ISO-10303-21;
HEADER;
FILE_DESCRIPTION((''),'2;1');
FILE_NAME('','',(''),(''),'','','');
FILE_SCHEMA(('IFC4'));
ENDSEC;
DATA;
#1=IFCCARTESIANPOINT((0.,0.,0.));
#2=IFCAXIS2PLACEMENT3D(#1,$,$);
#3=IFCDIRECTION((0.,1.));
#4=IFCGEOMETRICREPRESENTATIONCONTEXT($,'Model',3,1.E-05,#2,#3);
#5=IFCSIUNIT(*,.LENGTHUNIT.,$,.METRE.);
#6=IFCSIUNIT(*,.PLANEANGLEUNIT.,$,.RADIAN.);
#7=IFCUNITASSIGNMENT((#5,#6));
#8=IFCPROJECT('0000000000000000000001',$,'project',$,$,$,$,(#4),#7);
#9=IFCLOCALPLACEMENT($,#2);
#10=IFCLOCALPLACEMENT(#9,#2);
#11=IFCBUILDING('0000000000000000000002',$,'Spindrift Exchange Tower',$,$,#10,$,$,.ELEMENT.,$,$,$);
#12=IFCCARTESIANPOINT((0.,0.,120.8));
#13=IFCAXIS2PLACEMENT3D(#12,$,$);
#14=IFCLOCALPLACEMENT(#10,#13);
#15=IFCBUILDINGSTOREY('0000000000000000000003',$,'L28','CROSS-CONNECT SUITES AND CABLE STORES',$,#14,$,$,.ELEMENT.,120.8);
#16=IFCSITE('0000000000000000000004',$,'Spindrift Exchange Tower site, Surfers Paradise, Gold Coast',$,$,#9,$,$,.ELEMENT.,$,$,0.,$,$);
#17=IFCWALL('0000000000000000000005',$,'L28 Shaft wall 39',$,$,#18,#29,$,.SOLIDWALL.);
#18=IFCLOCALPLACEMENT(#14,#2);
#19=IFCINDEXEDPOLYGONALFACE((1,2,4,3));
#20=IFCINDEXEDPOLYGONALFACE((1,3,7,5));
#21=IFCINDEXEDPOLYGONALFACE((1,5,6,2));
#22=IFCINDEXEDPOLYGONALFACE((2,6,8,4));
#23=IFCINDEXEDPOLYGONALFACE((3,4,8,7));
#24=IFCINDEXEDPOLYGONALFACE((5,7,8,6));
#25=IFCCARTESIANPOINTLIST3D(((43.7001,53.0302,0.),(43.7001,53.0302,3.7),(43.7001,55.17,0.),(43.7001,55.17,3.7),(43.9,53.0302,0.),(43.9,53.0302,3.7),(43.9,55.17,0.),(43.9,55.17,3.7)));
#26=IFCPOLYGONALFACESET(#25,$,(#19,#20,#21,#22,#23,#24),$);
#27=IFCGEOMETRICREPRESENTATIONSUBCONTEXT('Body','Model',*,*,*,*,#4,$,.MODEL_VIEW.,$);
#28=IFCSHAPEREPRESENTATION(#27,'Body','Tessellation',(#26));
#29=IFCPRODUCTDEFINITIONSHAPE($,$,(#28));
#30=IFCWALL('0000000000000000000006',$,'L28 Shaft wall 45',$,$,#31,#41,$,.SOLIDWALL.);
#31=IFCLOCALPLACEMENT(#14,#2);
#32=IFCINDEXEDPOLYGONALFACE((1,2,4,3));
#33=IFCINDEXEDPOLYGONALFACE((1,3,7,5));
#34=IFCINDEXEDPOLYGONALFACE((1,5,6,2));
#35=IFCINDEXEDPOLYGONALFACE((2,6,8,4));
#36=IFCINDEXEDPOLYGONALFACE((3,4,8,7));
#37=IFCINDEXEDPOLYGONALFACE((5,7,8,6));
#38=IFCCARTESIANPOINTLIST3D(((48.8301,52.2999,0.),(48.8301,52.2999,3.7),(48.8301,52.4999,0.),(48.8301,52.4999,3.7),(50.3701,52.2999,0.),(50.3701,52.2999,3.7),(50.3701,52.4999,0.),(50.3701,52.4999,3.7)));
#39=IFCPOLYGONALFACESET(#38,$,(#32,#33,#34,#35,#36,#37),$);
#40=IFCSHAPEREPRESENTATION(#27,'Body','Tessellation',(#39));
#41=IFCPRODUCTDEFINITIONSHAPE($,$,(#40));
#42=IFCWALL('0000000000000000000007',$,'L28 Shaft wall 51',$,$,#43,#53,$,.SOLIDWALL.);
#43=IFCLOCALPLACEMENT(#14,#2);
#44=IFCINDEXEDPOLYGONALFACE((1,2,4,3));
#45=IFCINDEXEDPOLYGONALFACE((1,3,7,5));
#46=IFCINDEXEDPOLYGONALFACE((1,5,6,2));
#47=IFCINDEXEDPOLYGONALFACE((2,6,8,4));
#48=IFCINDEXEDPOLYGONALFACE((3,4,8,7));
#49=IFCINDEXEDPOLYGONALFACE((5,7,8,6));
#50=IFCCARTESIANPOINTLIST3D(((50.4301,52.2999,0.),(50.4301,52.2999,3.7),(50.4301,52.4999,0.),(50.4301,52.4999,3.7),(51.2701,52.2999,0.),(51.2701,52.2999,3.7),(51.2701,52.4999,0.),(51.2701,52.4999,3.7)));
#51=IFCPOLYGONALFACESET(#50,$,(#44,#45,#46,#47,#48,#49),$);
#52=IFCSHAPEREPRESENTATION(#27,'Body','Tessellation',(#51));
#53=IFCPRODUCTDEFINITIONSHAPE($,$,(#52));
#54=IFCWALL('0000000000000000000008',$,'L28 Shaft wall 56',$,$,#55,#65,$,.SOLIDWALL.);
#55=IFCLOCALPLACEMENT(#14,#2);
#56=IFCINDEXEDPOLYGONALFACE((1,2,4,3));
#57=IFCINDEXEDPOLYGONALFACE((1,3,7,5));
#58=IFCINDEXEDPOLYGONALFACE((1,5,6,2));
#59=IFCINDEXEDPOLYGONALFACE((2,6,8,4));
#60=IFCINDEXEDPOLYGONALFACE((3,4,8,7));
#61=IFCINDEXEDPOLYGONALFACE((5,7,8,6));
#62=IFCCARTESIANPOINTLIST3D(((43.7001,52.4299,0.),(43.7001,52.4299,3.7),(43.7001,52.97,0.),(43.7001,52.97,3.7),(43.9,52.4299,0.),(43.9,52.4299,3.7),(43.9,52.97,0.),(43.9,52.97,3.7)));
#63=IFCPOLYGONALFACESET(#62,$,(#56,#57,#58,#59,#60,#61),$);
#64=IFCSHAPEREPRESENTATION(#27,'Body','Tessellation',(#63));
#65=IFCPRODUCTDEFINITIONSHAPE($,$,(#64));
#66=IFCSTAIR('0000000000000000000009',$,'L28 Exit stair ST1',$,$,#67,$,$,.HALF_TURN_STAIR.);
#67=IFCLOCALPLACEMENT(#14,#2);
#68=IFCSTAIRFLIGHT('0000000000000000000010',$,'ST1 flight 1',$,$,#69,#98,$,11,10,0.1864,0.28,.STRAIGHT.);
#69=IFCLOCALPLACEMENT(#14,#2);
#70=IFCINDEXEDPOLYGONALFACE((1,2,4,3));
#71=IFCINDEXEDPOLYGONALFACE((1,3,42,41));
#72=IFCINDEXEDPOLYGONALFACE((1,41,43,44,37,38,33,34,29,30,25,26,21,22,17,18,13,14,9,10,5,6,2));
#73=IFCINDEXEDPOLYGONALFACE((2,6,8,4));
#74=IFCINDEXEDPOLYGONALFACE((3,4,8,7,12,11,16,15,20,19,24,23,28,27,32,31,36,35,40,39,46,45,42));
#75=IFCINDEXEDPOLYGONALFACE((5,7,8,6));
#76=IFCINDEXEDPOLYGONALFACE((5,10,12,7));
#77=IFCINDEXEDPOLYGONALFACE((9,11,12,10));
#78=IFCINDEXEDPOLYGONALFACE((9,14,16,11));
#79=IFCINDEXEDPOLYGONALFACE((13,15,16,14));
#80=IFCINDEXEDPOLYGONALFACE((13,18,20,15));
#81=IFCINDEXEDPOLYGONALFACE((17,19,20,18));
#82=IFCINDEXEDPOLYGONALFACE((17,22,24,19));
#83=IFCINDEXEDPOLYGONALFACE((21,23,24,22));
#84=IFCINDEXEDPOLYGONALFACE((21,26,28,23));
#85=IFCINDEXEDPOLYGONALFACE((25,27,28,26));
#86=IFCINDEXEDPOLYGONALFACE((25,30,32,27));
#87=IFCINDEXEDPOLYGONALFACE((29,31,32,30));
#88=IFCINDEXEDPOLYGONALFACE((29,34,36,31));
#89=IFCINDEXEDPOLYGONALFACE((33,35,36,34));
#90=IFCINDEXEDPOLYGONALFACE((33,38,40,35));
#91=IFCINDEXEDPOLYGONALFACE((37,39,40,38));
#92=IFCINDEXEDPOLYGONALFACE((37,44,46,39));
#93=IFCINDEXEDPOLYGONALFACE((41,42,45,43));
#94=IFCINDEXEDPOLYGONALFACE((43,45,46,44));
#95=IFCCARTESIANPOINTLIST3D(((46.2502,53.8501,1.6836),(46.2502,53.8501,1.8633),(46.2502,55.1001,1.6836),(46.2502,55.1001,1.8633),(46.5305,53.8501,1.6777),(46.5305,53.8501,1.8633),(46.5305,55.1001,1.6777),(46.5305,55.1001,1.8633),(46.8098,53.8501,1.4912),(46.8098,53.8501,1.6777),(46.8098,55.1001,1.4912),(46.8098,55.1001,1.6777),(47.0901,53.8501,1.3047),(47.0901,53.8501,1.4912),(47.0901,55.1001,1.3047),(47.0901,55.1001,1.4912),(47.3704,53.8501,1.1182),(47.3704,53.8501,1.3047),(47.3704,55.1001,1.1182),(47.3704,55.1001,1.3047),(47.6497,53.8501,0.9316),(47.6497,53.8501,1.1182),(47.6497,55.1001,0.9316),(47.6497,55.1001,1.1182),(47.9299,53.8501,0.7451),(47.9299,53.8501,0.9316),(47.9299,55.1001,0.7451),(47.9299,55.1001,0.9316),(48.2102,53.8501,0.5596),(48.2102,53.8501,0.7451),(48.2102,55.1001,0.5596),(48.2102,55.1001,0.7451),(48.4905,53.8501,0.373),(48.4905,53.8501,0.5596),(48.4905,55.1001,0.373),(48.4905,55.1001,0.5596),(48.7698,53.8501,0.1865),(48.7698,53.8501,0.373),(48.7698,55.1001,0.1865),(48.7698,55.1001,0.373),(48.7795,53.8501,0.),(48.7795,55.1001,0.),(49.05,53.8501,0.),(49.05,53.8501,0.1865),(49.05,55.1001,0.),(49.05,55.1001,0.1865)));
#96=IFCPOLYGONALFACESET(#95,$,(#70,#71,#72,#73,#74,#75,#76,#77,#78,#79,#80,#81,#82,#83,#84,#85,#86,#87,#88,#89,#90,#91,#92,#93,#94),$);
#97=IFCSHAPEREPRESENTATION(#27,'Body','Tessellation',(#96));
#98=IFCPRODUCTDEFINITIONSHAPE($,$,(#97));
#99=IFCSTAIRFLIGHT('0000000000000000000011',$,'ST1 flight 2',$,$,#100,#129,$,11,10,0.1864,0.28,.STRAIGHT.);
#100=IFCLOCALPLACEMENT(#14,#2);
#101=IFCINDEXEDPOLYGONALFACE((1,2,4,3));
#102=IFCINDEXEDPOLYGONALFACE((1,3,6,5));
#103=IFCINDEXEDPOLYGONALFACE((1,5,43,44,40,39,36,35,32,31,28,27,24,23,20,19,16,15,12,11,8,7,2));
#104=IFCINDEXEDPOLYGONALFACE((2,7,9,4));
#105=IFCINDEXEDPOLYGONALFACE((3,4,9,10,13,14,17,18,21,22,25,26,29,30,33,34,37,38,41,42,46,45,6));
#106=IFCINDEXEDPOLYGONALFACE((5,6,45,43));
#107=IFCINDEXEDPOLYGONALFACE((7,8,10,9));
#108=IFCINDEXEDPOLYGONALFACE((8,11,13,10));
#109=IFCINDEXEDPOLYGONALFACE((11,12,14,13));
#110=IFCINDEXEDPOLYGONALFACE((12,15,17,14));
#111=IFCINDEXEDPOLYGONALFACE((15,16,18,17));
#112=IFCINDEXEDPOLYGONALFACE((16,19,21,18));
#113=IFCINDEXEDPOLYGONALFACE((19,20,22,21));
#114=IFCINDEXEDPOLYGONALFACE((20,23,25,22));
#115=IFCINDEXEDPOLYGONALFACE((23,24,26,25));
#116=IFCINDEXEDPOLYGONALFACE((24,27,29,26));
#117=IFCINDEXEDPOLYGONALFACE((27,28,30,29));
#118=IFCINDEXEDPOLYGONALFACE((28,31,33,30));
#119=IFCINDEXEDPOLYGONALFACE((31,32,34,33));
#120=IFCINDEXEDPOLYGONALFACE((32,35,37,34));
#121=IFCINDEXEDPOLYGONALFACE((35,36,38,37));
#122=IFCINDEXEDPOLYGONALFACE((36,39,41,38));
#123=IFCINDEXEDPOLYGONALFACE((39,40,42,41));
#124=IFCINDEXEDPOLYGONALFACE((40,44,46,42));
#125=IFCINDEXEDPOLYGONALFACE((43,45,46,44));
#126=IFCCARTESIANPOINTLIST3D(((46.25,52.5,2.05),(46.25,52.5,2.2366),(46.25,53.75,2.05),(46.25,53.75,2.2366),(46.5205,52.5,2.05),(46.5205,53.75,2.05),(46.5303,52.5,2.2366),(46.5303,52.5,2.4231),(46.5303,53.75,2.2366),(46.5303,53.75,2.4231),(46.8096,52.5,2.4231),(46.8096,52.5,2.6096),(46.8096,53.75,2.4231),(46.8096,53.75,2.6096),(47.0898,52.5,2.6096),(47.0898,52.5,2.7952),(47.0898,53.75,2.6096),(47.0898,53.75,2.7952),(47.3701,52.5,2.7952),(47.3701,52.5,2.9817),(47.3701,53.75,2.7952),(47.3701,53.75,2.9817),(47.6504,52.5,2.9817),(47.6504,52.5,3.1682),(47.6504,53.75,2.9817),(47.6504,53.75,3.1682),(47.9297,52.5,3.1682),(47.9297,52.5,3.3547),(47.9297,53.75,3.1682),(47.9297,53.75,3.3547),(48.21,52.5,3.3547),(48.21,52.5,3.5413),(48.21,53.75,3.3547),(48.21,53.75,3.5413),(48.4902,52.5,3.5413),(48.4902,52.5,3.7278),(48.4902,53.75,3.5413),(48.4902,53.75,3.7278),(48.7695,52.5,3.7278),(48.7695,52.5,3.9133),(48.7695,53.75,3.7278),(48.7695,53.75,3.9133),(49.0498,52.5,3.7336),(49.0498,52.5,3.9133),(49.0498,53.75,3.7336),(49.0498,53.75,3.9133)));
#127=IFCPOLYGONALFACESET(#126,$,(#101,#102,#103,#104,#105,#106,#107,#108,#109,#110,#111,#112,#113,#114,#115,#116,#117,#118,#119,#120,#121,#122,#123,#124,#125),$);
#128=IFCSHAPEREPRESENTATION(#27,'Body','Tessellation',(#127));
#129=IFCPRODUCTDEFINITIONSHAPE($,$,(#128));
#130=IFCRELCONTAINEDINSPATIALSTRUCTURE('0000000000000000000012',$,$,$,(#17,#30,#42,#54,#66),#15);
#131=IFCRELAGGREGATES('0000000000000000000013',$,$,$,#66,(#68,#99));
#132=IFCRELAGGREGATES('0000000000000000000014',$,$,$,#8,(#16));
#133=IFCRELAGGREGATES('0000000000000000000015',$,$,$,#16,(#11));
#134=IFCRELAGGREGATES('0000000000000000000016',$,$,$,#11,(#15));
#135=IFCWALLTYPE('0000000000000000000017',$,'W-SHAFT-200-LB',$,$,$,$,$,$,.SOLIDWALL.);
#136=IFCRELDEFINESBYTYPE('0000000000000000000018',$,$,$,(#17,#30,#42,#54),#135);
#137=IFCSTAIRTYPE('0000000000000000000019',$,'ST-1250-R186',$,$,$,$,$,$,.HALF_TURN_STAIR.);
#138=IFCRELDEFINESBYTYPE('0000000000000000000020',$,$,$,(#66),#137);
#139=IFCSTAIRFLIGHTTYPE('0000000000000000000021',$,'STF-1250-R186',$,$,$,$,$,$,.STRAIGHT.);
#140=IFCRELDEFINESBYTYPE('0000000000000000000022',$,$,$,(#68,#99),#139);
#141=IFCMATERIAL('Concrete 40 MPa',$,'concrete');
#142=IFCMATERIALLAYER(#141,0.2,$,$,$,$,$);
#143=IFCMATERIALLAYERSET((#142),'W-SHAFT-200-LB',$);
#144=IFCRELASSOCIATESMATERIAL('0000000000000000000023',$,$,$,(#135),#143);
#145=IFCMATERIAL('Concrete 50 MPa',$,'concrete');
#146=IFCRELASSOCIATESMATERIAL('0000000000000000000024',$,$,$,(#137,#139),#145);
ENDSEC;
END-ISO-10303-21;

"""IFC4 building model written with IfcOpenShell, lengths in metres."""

from ifc_helpers import new_model, si_unit, direction, frame, frame_2d, origin, place, context, subcontext, project, spatial, line, indexed_curve, rectangle, outline, extrude, material, layer, layer_set, type_object, element, aggregate, save


model = new_model("IFC4")

# Units and contexts
model_context = context("Model", 3, precision=1e-05, world=origin(), true_north=direction((0.0, 1.0)))
body_context = subcontext(model_context, "Body", "Model", "MODEL_VIEW")
ifc_project = project(units=[si_unit("LENGTHUNIT", "METRE"), si_unit("PLANEANGLEUNIT", "RADIAN")], contexts=[model_context])

# Site, building, storey
site_placement = place(None, origin())
site = spatial("IfcSite", under=ifc_project, at=site_placement, Name="Spindrift Exchange Tower site, Surfers Paradise, Gold Coast", CompositionType="ELEMENT", RefElevation=0.0)
building_placement = place(site_placement, origin())
building = spatial("IfcBuilding", under=site, at=building_placement, Name="Spindrift Exchange Tower", CompositionType="ELEMENT")
storey_placement = place(building_placement, frame((0.0, 0.0, 120.8)))
storey = spatial("IfcBuildingStorey", under=building, at=storey_placement, Name="L28", Description="CROSS-CONNECT SUITES AND CABLE STORES", CompositionType="ELEMENT", Elevation=120.8)

# Shared definitions
ifc_material_1 = material(Name="Concrete 40 MPa", Category="concrete")

# Shared definitions
ifc_layer_1 = layer(ifc_material_1, 0.2)
ifc_layer_set_1 = layer_set([ifc_layer_1], Name="W-SHAFT-200-LB")
wall_type_1 = type_object("IfcWallType", Name="W-SHAFT-200-LB", PredefinedType="SOLIDWALL", material=ifc_layer_set_1)

# Walls
wall_1_placement = place(storey_placement, frame((43.8, 55.1699, 0.0), z_axis=(0.0, 0.0, 1.0), x_axis=(0.0, -1.0, 0.0)))
element("IfcWall", 1, at=wall_1_placement, inside=storey, type_object=wall_type_1, Name="L28 Shaft wall 39", PredefinedType="SOLIDWALL", context=body_context, shape_type="SweptSolid", body=[
    extrude(rectangle(XDim=2.1399, YDim=0.2, at=frame_2d((1.0698, 0.0))), origin(), (0.0, 0.0, 1.0), 3.7),
])
wall_2_placement = place(storey_placement, frame((50.3701, 52.3999, 0.0), z_axis=(0.0, 0.0, 1.0), x_axis=(-1.0, 0.0, 0.0)))
element("IfcWall", 2, at=wall_2_placement, inside=storey, type_object=wall_type_1, Name="L28 Shaft wall 45", PredefinedType="SOLIDWALL", context=body_context, shape_type="SweptSolid", body=[
    extrude(rectangle(XDim=1.54, YDim=0.2, at=frame_2d((0.77, 0.0))), origin(), (0.0, 0.0, 1.0), 3.7),
])
wall_3_placement = place(storey_placement, frame((51.27, 52.3999, 0.0), z_axis=(0.0, 0.0, 1.0), x_axis=(-1.0, 0.0, 0.0)))
element("IfcWall", 3, at=wall_3_placement, inside=storey, type_object=wall_type_1, Name="L28 Shaft wall 51", PredefinedType="SOLIDWALL", context=body_context, shape_type="SweptSolid", body=[
    extrude(rectangle(XDim=0.8401, YDim=0.2, at=frame_2d((0.4199, 0.0))), origin(), (0.0, 0.0, 1.0), 3.7),
])
wall_4_placement = place(storey_placement, frame((43.8, 52.4299, 0.0), z_axis=(0.0, 0.0, 1.0), x_axis=(0.0, 1.0, 0.0)))
element("IfcWall", 4, at=wall_4_placement, inside=storey, type_object=wall_type_1, Name="L28 Shaft wall 56", PredefinedType="SOLIDWALL", context=body_context, shape_type="SweptSolid", body=[
    extrude(rectangle(XDim=0.54, YDim=0.2, at=frame_2d((0.27, 0.0))), origin(), (0.0, 0.0, 1.0), 3.7),
])

# Stair, stair flights
ifc_material_2 = material(Name="Concrete 50 MPa", Category="concrete")
stair_type = type_object("IfcStairType", Name="ST-1250-R186", PredefinedType="HALF_TURN_STAIR", material=ifc_material_2)
stair_placement = place(storey_placement, origin())
stair = element("IfcStair", 5, at=stair_placement, inside=storey, type_object=stair_type, Name="L28 Exit stair ST1", PredefinedType="HALF_TURN_STAIR")
stair_flight_type = type_object("IfcStairFlightType", Name="STF-1250-R186", PredefinedType="STRAIGHT", material=ifc_material_2)
stair_flight_1_placement = place(storey_placement, frame((49.05, 54.4751, 0.0), z_axis=(0.0, 0.0, 1.0), x_axis=(-1.0, 0.0, 0.0)))
stair_flight_1 = element("IfcStairFlight", 6, at=stair_flight_1_placement, type_object=stair_flight_type, Name="ST1 flight 1", NumberOfRisers=11, NumberOfTreads=10, PredefinedType="STRAIGHT", RiserHeight=0.1864, TreadLength=0.28, context=body_context, shape_type="SweptSolid", body=[
    extrude(outline(indexed_curve([(0.0, 0.0), (0.0, 0.1865), (0.2803, 0.1865), (0.2803, 0.373), (0.5596, 0.373), (0.5596, 0.5596), (0.8398, 0.5596), (0.8398, 0.7451), (1.1201, 0.7451), (1.1201, 0.9316), (1.4004, 0.9316), (1.4004, 1.1182), (1.6797, 1.1182), (1.6797, 1.3047), (1.96, 1.3047), (1.96, 1.4912), (2.2402, 1.4912), (2.2402, 1.6777), (2.5195, 1.6777), (2.5195, 1.8633), (2.7998, 1.8633), (2.7998, 2.0498), (2.7998, 1.6836), (0.2705, 0.0)], segments=[line(1, 2, 3, 4, 5, 6, 7, 8, 9, 10, 11, 12, 13, 14, 15, 16, 17, 18, 19, 20, 21, 22, 23, 24, 1)], self_intersect=False)), frame((0.0, 0.625, 0.0), z_axis=(0.0, -1.0, 0.0), x_axis=(1.0, 0.0, 0.0)), (0.0, 0.0, 1.0), 1.25),
])
stair_flight_2_placement = place(storey_placement, frame((46.25, 53.125, 2.05), z_axis=(0.0, 0.0, 1.0), x_axis=(1.0, 0.0, 0.0)))
stair_flight_2 = element("IfcStairFlight", 7, at=stair_flight_2_placement, type_object=stair_flight_type, Name="ST1 flight 2", NumberOfRisers=11, NumberOfTreads=10, PredefinedType="STRAIGHT", RiserHeight=0.1864, TreadLength=0.28, context=body_context, shape_type="SweptSolid", body=[
    extrude(outline(indexed_curve([(0.0, 0.0), (0.0, 0.1865), (0.2803, 0.1865), (0.2803, 0.373), (0.5596, 0.373), (0.5596, 0.5596), (0.8398, 0.5596), (0.8398, 0.7451), (1.1201, 0.7451), (1.1201, 0.9316), (1.4004, 0.9316), (1.4004, 1.1182), (1.6797, 1.1182), (1.6797, 1.3047), (1.96, 1.3047), (1.96, 1.4912), (2.2402, 1.4912), (2.2402, 1.6777), (2.5195, 1.6777), (2.5195, 1.8633), (2.7998, 1.8633), (2.7998, 2.0498), (2.7998, 1.6836), (0.2705, 0.0)], segments=[line(1, 2, 3, 4, 5, 6, 7, 8, 9, 10, 11, 12, 13, 14, 15, 16, 17, 18, 19, 20, 21, 22, 23, 24, 1)], self_intersect=False)), frame((0.0, 0.625, 0.0), z_axis=(0.0, -1.0, 0.0), x_axis=(1.0, 0.0, 0.0)), (0.0, 0.0, 1.0), 1.25),
])
aggregate(stair, [stair_flight_1, stair_flight_2])

save(model, "model.ifc")
